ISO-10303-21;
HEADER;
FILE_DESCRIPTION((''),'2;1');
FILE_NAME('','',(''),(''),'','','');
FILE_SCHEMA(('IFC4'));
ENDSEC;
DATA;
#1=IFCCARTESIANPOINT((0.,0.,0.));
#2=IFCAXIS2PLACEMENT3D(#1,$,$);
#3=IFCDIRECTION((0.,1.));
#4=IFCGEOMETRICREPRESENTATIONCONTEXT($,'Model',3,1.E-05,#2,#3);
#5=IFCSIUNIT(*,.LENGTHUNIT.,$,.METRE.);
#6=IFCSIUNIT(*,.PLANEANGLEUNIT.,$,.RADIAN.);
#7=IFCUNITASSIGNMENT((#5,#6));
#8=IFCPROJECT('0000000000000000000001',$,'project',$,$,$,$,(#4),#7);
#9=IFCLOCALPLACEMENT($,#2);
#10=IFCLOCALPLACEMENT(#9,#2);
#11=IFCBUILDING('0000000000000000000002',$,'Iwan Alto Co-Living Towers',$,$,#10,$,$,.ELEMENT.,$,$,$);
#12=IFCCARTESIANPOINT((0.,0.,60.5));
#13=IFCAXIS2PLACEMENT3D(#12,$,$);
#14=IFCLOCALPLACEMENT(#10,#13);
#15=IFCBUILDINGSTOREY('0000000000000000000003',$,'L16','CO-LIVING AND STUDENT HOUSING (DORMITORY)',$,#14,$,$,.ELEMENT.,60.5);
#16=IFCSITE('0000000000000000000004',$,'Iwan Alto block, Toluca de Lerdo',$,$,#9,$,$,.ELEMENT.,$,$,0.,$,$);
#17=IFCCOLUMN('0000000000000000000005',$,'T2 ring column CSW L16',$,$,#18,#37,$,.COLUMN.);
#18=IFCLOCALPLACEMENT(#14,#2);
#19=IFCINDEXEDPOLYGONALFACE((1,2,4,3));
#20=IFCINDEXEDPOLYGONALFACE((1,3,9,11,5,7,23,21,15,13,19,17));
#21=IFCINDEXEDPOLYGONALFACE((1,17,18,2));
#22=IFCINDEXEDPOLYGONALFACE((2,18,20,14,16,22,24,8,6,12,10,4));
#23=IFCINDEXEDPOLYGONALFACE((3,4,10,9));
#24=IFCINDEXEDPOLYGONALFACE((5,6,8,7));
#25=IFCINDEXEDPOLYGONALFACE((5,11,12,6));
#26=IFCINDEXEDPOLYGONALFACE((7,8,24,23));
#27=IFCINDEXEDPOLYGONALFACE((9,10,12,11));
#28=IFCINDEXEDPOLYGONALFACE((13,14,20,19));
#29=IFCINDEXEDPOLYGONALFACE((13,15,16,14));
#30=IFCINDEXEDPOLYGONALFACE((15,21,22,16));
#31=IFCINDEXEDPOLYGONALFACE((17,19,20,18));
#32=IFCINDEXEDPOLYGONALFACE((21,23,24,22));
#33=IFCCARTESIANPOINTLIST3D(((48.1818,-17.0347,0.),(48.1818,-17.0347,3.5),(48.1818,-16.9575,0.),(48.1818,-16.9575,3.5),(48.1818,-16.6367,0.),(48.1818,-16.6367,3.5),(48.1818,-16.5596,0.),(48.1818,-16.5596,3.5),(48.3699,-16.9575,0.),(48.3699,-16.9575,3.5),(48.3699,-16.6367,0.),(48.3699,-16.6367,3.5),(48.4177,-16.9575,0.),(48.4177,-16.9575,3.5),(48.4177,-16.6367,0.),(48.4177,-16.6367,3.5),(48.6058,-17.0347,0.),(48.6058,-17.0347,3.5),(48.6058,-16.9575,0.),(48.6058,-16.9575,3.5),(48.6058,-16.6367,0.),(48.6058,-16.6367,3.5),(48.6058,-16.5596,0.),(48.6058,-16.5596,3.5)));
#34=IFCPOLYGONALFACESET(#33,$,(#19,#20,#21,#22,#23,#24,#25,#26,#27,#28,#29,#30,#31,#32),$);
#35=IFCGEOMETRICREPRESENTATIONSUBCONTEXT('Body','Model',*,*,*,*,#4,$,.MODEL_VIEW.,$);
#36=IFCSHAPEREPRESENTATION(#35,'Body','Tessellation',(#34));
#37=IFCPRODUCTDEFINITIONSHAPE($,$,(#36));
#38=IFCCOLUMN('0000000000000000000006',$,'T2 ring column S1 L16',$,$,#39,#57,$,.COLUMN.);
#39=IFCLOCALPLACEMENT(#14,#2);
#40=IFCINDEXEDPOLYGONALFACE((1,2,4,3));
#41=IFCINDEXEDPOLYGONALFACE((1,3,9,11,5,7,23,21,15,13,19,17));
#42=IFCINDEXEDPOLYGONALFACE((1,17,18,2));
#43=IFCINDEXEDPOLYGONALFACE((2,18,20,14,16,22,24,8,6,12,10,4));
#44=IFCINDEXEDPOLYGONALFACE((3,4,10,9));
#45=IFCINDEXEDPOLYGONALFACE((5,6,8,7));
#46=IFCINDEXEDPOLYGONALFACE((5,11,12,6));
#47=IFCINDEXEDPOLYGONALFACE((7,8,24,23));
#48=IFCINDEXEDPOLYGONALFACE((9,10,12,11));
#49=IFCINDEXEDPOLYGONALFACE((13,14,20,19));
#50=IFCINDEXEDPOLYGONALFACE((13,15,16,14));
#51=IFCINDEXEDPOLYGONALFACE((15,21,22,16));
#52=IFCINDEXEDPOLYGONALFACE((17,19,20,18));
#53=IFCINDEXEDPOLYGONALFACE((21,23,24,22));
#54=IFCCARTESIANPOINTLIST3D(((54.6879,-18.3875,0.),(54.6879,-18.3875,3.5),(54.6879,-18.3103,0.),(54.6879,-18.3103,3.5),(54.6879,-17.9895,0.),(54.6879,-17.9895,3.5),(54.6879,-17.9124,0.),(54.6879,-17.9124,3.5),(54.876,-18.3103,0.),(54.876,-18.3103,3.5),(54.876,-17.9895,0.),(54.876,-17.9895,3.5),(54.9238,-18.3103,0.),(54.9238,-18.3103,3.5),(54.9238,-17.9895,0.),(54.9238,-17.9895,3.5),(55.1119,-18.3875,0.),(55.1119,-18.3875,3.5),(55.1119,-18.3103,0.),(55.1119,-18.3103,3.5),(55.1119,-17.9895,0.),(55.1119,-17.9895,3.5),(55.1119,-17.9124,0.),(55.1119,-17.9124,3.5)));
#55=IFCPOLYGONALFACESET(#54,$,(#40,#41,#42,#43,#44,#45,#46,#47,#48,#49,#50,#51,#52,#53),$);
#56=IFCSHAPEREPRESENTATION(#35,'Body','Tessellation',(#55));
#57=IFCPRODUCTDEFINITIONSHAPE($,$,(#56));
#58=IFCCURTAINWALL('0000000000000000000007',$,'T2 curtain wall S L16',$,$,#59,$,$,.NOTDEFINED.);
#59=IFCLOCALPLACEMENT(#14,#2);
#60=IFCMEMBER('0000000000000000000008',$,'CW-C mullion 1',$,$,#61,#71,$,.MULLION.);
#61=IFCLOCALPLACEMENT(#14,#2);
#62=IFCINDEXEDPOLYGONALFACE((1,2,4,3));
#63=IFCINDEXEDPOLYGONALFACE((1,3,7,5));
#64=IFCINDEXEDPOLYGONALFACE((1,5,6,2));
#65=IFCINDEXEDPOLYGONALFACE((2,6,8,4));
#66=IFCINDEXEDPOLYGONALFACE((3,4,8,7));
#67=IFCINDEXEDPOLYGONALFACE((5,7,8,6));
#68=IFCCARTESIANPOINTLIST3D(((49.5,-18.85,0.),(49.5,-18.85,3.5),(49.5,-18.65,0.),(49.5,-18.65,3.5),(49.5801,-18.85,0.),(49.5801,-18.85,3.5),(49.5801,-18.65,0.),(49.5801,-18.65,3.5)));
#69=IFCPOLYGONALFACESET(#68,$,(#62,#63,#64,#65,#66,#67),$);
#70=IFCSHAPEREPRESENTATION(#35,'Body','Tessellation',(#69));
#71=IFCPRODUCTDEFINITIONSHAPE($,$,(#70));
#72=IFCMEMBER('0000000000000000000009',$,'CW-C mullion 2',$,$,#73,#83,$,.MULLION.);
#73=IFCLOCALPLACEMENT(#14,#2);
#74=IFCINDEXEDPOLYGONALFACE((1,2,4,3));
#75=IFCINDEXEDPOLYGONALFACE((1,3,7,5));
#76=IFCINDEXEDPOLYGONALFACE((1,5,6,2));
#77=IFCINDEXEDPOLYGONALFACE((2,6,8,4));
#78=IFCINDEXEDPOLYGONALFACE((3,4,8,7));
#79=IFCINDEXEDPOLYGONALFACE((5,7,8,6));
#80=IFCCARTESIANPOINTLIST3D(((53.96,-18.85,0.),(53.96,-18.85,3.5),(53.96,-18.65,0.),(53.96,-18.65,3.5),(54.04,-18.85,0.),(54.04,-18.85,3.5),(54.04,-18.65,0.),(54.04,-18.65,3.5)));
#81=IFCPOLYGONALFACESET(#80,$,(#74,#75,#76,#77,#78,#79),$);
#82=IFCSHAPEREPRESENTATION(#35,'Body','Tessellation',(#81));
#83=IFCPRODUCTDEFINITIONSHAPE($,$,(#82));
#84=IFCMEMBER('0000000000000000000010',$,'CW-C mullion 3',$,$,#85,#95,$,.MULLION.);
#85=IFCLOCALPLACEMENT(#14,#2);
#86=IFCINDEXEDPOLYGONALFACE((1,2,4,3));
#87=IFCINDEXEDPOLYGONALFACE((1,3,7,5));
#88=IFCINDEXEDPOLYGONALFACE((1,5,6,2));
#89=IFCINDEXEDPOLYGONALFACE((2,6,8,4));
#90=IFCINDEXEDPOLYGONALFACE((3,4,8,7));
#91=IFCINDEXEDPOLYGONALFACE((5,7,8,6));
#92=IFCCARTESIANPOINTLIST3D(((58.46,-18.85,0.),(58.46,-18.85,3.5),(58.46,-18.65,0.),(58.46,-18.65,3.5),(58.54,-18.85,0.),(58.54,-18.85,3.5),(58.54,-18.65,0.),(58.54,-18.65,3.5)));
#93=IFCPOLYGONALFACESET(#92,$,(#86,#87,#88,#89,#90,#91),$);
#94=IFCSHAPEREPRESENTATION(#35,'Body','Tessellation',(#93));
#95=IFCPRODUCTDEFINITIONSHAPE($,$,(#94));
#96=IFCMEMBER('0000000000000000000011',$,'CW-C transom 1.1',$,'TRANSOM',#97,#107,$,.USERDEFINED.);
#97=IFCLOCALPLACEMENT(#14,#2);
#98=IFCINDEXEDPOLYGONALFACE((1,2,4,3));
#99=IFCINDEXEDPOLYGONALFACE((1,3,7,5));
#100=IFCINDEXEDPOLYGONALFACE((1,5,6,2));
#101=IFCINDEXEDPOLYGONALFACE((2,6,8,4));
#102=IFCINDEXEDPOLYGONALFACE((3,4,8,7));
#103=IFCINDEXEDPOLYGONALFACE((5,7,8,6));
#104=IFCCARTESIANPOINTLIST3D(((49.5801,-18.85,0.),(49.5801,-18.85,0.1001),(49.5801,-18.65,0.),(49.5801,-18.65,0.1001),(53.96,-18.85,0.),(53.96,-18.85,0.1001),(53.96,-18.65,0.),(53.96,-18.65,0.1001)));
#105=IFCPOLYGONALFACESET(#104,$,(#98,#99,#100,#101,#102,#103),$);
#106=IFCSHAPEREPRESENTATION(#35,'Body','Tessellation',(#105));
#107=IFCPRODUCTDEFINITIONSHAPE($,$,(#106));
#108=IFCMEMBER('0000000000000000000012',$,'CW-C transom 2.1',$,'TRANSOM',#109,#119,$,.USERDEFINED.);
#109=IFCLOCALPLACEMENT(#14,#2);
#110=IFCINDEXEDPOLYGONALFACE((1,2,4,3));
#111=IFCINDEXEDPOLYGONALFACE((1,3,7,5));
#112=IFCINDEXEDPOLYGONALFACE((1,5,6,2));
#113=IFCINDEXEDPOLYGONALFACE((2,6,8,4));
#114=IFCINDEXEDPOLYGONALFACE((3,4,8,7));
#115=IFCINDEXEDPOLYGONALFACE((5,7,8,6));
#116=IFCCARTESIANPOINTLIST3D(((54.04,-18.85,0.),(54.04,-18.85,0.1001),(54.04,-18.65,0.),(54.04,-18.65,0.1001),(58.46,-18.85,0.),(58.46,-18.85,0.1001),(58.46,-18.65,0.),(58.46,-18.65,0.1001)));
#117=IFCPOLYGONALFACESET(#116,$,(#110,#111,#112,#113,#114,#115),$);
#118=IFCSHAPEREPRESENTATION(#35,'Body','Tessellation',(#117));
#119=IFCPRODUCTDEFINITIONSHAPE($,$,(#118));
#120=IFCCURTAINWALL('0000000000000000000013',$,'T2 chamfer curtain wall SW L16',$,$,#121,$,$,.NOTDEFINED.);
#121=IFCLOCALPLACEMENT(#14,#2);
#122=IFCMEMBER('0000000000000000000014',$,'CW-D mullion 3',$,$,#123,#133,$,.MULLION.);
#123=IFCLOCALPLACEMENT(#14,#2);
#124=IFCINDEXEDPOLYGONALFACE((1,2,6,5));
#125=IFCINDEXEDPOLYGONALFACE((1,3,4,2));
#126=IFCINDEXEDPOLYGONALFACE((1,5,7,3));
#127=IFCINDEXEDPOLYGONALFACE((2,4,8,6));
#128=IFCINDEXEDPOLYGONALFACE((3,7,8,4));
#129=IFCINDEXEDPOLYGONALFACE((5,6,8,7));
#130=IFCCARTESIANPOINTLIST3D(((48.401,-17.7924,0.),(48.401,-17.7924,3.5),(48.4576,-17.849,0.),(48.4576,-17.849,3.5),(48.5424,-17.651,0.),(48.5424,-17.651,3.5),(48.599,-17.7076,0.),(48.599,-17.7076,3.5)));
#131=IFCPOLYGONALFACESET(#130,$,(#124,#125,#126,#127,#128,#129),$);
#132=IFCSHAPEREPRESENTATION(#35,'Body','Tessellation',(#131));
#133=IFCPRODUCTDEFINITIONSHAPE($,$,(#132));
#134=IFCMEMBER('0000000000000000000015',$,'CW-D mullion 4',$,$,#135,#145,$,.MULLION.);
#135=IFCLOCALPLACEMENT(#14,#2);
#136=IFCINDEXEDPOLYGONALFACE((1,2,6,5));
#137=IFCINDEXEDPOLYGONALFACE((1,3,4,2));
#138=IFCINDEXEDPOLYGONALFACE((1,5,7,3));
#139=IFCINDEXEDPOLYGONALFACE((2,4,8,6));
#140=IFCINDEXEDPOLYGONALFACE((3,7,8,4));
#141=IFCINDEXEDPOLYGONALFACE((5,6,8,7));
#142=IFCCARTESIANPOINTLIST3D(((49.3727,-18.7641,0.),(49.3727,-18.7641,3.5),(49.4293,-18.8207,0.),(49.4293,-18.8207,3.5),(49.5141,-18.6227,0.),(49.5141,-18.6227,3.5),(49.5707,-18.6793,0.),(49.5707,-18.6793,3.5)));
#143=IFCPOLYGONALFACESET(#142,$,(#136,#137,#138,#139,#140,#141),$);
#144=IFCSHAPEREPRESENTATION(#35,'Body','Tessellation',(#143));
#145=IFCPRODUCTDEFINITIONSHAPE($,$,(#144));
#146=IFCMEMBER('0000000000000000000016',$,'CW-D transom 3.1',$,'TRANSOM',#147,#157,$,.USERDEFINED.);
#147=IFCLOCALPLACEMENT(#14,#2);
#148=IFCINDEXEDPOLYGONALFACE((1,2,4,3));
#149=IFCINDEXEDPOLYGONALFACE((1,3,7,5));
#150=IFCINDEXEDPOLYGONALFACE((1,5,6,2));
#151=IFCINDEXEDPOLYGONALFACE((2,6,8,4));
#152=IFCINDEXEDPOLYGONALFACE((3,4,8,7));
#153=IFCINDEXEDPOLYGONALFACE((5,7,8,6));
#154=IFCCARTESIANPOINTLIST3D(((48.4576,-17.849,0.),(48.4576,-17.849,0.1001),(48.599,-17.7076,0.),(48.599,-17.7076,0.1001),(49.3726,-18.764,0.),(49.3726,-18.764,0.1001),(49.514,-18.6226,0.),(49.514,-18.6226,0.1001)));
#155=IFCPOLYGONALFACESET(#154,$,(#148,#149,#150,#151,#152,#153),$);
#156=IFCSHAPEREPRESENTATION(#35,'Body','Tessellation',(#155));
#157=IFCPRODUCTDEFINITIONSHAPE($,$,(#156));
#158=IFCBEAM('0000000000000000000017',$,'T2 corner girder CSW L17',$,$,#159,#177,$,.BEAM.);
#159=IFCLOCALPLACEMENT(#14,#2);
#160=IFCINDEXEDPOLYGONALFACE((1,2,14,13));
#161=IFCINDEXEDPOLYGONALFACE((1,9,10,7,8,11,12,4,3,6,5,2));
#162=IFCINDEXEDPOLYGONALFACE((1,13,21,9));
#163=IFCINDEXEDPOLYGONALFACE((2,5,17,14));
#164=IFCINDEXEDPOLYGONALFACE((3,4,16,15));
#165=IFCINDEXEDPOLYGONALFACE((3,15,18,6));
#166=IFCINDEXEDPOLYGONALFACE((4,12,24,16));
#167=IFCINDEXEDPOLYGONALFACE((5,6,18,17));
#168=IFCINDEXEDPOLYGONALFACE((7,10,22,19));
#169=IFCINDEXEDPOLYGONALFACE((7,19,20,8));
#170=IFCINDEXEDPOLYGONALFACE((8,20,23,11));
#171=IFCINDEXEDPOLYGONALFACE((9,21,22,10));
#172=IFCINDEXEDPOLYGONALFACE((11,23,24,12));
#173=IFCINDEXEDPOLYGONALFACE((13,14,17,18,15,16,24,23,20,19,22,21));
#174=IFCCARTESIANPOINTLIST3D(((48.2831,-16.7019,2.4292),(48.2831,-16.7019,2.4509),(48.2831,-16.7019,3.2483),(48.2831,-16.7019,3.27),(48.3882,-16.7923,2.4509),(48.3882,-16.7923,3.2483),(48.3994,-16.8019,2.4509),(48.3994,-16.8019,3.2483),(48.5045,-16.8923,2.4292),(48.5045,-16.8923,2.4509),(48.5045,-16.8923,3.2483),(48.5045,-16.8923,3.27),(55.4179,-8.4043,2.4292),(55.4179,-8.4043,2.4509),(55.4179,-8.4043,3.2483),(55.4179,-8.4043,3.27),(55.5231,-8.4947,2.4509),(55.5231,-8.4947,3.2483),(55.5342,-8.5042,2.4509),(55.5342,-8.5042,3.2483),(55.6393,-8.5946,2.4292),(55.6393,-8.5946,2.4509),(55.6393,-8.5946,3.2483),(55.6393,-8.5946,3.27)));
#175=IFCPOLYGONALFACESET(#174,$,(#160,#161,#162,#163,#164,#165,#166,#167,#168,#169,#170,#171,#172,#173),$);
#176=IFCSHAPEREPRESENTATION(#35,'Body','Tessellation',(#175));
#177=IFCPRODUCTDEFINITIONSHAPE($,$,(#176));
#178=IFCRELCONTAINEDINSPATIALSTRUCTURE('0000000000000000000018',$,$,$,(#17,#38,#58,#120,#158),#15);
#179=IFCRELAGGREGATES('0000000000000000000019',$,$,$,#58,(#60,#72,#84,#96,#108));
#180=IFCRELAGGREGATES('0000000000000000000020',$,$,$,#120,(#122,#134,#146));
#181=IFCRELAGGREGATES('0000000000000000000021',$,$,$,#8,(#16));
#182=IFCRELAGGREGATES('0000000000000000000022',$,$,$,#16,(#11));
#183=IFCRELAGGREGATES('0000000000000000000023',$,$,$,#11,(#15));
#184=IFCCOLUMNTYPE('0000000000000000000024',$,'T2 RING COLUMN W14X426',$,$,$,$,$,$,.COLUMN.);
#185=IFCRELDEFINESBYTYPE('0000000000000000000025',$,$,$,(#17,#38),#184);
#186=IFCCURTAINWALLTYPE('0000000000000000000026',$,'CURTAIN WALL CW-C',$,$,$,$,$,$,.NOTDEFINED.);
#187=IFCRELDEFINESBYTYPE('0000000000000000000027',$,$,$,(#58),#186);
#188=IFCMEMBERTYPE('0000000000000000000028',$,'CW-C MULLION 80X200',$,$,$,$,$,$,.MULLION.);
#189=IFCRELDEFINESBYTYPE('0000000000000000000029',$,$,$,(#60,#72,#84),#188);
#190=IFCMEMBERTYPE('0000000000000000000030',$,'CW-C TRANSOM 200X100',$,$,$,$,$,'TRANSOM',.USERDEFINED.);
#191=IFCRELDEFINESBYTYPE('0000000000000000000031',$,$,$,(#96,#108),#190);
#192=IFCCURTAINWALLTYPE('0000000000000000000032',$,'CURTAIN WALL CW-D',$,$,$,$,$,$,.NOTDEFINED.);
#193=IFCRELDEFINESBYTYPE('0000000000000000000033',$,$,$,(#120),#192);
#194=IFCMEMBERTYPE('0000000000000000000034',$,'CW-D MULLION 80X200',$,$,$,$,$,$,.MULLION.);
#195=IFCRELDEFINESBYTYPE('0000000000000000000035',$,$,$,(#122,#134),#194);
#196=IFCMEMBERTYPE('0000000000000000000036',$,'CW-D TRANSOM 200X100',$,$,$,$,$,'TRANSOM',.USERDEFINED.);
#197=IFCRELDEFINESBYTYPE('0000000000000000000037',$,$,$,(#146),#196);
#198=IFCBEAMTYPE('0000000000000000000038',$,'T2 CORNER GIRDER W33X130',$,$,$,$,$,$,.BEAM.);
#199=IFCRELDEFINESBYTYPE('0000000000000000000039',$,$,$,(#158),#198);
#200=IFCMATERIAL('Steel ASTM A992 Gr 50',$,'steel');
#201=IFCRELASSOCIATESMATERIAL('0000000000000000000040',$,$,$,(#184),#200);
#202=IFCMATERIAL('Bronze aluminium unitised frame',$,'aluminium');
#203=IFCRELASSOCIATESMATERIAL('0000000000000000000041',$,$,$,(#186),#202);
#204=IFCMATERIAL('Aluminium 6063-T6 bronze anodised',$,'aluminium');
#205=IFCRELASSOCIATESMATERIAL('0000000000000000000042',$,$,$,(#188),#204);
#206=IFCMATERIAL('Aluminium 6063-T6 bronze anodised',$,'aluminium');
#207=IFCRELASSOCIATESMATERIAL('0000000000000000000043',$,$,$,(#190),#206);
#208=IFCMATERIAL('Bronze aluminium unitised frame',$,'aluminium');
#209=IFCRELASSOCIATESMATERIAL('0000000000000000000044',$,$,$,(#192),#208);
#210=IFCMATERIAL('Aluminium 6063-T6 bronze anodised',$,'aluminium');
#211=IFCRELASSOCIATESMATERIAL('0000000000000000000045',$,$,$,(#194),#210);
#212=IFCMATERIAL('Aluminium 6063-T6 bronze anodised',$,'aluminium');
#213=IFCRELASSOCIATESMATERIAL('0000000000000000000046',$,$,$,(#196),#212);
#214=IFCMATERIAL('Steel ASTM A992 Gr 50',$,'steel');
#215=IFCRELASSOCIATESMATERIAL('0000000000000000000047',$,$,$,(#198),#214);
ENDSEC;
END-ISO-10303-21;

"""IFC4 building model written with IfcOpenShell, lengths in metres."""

from ifc_helpers import new_model, si_unit, direction, frame, origin, origin_2d, place, context, subcontext, project, spatial, rectangle, i_section, extrude, material, material_profile, profile_set, type_object, element, aggregate, save


model = new_model("IFC4")

# Units and contexts
model_context = context("Model", 3, precision=1e-05, world=origin(), true_north=direction((0.0, 1.0)))
body_context = subcontext(model_context, "Body", "Model", "MODEL_VIEW")
ifc_project = project(units=[si_unit("LENGTHUNIT", "METRE"), si_unit("PLANEANGLEUNIT", "RADIAN")], contexts=[model_context])

# Site, building, storey
site_placement = place(None, origin())
site = spatial("IfcSite", under=ifc_project, at=site_placement, Name="Iwan Alto block, Toluca de Lerdo", CompositionType="ELEMENT", RefElevation=0.0)
building_placement = place(site_placement, origin())
building = spatial("IfcBuilding", under=site, at=building_placement, Name="Iwan Alto Co-Living Towers", CompositionType="ELEMENT")
storey_placement = place(building_placement, frame((0.0, 0.0, 60.5)))
storey = spatial("IfcBuildingStorey", under=building, at=storey_placement, Name="L16", Description="CO-LIVING AND STUDENT HOUSING (DORMITORY)", CompositionType="ELEMENT", Elevation=60.5)

# Columns
ifc_material_1 = material(Name="Steel ASTM A992 Gr 50", Category="steel")
ifc_material_profile_1 = material_profile(ifc_material_1, i_section(OverallWidth=0.4241, OverallDepth=0.4751, WebThickness=0.0479, FlangeThickness=0.0771, at=origin_2d()), Name="W14X426")
ifc_profile_set_1 = profile_set([ifc_material_profile_1], Name="Steel ASTM A992 Gr 50")
column_type = type_object("IfcColumnType", Name="T2 RING COLUMN W14X426", PredefinedType="COLUMN", material=ifc_profile_set_1)
for number, where, z_axis, x_axis, name in (
    (1, (48.3938, -16.7971, 0.0), (0.0, 0.0, 1.0), (1.0, 0.0, 0.0), "T2 ring column CSW L16"),
    (2, (54.8999, -18.1499, 0.0), (0.0, 0.0, 1.0), (1.0, 0.0, 0.0), "T2 ring column S1 L16"),
):
    element("IfcColumn", number, at=place(storey_placement, frame(where, z_axis=z_axis, x_axis=x_axis)), inside=storey, type_object=column_type, Name=name, PredefinedType="COLUMN", context=body_context, shape_type="SweptSolid", body=[
        extrude(i_section(OverallWidth=0.4241, OverallDepth=0.4751, WebThickness=0.0479, FlangeThickness=0.0771, at=origin_2d()), origin(), (0.0, 0.0, 1.0), 3.5),
    ])

# Curtain walls, members
ifc_material_2 = material(Name="Bronze aluminium unitised frame", Category="aluminium")
curtain_wall_type_1 = type_object("IfcCurtainWallType", Name="CURTAIN WALL CW-C", PredefinedType="NOTDEFINED", material=ifc_material_2)
curtain_wall_1_placement = place(storey_placement, origin())
curtain_wall_1 = element("IfcCurtainWall", 3, at=curtain_wall_1_placement, inside=storey, type_object=curtain_wall_type_1, Name="T2 curtain wall S L16", PredefinedType="NOTDEFINED")
ifc_material_3 = material(Name="Aluminium 6063-T6 bronze anodised", Category="aluminium")
ifc_material_profile_2 = material_profile(ifc_material_3, rectangle(XDim=0.2, YDim=0.0801, at=origin_2d()), Name="AL 80X200")
ifc_profile_set_2 = profile_set([ifc_material_profile_2], Name="Aluminium 6063-T6 bronze anodised")
member_type_1 = type_object("IfcMemberType", Name="CW-C MULLION 80X200", PredefinedType="MULLION", material=ifc_profile_set_2)
member_1_placement = place(storey_placement, frame((49.54, -18.75, 0.0), z_axis=(0.0, 0.0, 1.0), x_axis=(0.0, 1.0, 0.0)))
member_1 = element("IfcMember", 4, at=member_1_placement, type_object=member_type_1, Name="CW-C mullion 1", PredefinedType="MULLION", context=body_context, shape_type="SweptSolid", body=[
    extrude(rectangle(XDim=0.2, YDim=0.0801, at=origin_2d()), origin(), (0.0, 0.0, 1.0), 3.5),
])
member_2_placement = place(storey_placement, frame((54.0, -18.75, 0.0), z_axis=(0.0, 0.0, 1.0), x_axis=(0.0, 1.0, 0.0)))
member_2 = element("IfcMember", 5, at=member_2_placement, type_object=member_type_1, Name="CW-C mullion 2", PredefinedType="MULLION", context=body_context, shape_type="SweptSolid", body=[
    extrude(rectangle(XDim=0.2, YDim=0.0801, at=origin_2d()), origin(), (0.0, 0.0, 1.0), 3.5),
])
member_3_placement = place(storey_placement, frame((58.5, -18.75, 0.0), z_axis=(0.0, 0.0, 1.0), x_axis=(0.0, 1.0, 0.0)))
member_3 = element("IfcMember", 6, at=member_3_placement, type_object=member_type_1, Name="CW-C mullion 3", PredefinedType="MULLION", context=body_context, shape_type="SweptSolid", body=[
    extrude(rectangle(XDim=0.2, YDim=0.0801, at=origin_2d()), origin(), (0.0, 0.0, 1.0), 3.5),
])
ifc_material_4 = material(Name="Aluminium 6063-T6 bronze anodised", Category="aluminium")
ifc_material_profile_3 = material_profile(ifc_material_4, rectangle(XDim=0.2, YDim=0.1001, at=origin_2d()), Name="AL 200X100")
ifc_profile_set_3 = profile_set([ifc_material_profile_3], Name="Aluminium 6063-T6 bronze anodised")
member_type_2 = type_object("IfcMemberType", Name="CW-C TRANSOM 200X100", ElementType="TRANSOM", PredefinedType="USERDEFINED", material=ifc_profile_set_3)
member_4_placement = place(storey_placement, frame((49.5801, -18.75, 0.05), z_axis=(1.0, 0.0, 0.0), x_axis=(0.0, 1.0, 0.0)))
member_4 = element("IfcMember", 7, at=member_4_placement, type_object=member_type_2, Name="CW-C transom 1.1", ObjectType="TRANSOM", PredefinedType="USERDEFINED", context=body_context, shape_type="SweptSolid", body=[
    extrude(rectangle(XDim=0.2, YDim=0.1001, at=origin_2d()), origin(), (0.0, 0.0, 1.0), 4.3799),
])
member_5_placement = place(storey_placement, frame((54.04, -18.75, 0.05), z_axis=(1.0, 0.0, 0.0), x_axis=(0.0, 1.0, 0.0)))
member_5 = element("IfcMember", 8, at=member_5_placement, type_object=member_type_2, Name="CW-C transom 2.1", ObjectType="TRANSOM", PredefinedType="USERDEFINED", context=body_context, shape_type="SweptSolid", body=[
    extrude(rectangle(XDim=0.2, YDim=0.1001, at=origin_2d()), origin(), (0.0, 0.0, 1.0), 4.4199),
])
ifc_material_5 = material(Name="Bronze aluminium unitised frame", Category="aluminium")
curtain_wall_type_2 = type_object("IfcCurtainWallType", Name="CURTAIN WALL CW-D", PredefinedType="NOTDEFINED", material=ifc_material_5)
curtain_wall_2_placement = place(storey_placement, origin())
curtain_wall_2 = element("IfcCurtainWall", 9, at=curtain_wall_2_placement, inside=storey, type_object=curtain_wall_type_2, Name="T2 chamfer curtain wall SW L16", PredefinedType="NOTDEFINED")
ifc_material_6 = material(Name="Aluminium 6063-T6 bronze anodised", Category="aluminium")
ifc_material_profile_4 = material_profile(ifc_material_6, rectangle(XDim=0.2, YDim=0.0801, at=origin_2d()), Name="AL 80X200")
ifc_profile_set_4 = profile_set([ifc_material_profile_4], Name="Aluminium 6063-T6 bronze anodised")
member_type_3 = type_object("IfcMemberType", Name="CW-D MULLION 80X200", PredefinedType="MULLION", material=ifc_profile_set_4)
member_6_placement = place(storey_placement, frame((48.5, -17.75, 0.0), z_axis=(0.0, 0.0, 1.0), x_axis=(0.707107, 0.707107, 0.0)))
member_6 = element("IfcMember", 10, at=member_6_placement, type_object=member_type_3, Name="CW-D mullion 3", PredefinedType="MULLION", context=body_context, shape_type="SweptSolid", body=[
    extrude(rectangle(XDim=0.2, YDim=0.0801, at=origin_2d()), origin(), (0.0, 0.0, 1.0), 3.5),
])
member_7_placement = place(storey_placement, frame((49.4717, -18.7217, 0.0), z_axis=(0.0, 0.0, 1.0), x_axis=(0.707107, 0.707107, 0.0)))
member_7 = element("IfcMember", 11, at=member_7_placement, type_object=member_type_3, Name="CW-D mullion 4", PredefinedType="MULLION", context=body_context, shape_type="SweptSolid", body=[
    extrude(rectangle(XDim=0.2, YDim=0.0801, at=origin_2d()), origin(), (0.0, 0.0, 1.0), 3.5),
])
ifc_material_7 = material(Name="Aluminium 6063-T6 bronze anodised", Category="aluminium")
ifc_material_profile_5 = material_profile(ifc_material_7, rectangle(XDim=0.2, YDim=0.1001, at=origin_2d()), Name="AL 200X100")
ifc_profile_set_5 = profile_set([ifc_material_profile_5], Name="Aluminium 6063-T6 bronze anodised")
member_type_4 = type_object("IfcMemberType", Name="CW-D TRANSOM 200X100", ElementType="TRANSOM", PredefinedType="USERDEFINED", material=ifc_profile_set_5)
member_8_placement = place(storey_placement, frame((48.5283, -17.7783, 0.05), z_axis=(0.707107, -0.707107, 0.0), x_axis=(0.707107, 0.707107, 0.0)))
member_8 = element("IfcMember", 12, at=member_8_placement, type_object=member_type_4, Name="CW-D transom 3.1", ObjectType="TRANSOM", PredefinedType="USERDEFINED", context=body_context, shape_type="SweptSolid", body=[
    extrude(rectangle(XDim=0.2, YDim=0.1001, at=origin_2d()), origin(), (0.0, 0.0, 1.0), 1.2939),
])

# Beam
ifc_material_8 = material(Name="Steel ASTM A992 Gr 50", Category="steel")
ifc_material_profile_6 = material_profile(ifc_material_8, i_section(OverallWidth=0.292, OverallDepth=0.8408, WebThickness=0.0146, FlangeThickness=0.0217, at=origin_2d()), Name="W33X130")
ifc_profile_set_6 = profile_set([ifc_material_profile_6], Name="Steel ASTM A992 Gr 50")
beam_type_1 = type_object("IfcBeamType", Name="T2 CORNER GIRDER W33X130", PredefinedType="BEAM", material=ifc_profile_set_6)
beam_1_placement = place(storey_placement, frame((48.3938, -16.7971, 2.8496), z_axis=(0.651977, 0.758238, 0.0), x_axis=(-0.758238, 0.651977, 0.0)))
element("IfcBeam", 13, at=beam_1_placement, inside=storey, type_object=beam_type_1, Name="T2 corner girder CSW L17", PredefinedType="BEAM", context=body_context, shape_type="SweptSolid", body=[
    extrude(i_section(OverallWidth=0.292, OverallDepth=0.8408, WebThickness=0.0146, FlangeThickness=0.0217, at=origin_2d()), origin(), (0.0, 0.0, 1.0), 10.9434),
])

aggregate(curtain_wall_1, [member_1, member_2, member_3, member_4, member_5])
aggregate(curtain_wall_2, [member_6, member_7, member_8])

save(model, "model.ifc")
